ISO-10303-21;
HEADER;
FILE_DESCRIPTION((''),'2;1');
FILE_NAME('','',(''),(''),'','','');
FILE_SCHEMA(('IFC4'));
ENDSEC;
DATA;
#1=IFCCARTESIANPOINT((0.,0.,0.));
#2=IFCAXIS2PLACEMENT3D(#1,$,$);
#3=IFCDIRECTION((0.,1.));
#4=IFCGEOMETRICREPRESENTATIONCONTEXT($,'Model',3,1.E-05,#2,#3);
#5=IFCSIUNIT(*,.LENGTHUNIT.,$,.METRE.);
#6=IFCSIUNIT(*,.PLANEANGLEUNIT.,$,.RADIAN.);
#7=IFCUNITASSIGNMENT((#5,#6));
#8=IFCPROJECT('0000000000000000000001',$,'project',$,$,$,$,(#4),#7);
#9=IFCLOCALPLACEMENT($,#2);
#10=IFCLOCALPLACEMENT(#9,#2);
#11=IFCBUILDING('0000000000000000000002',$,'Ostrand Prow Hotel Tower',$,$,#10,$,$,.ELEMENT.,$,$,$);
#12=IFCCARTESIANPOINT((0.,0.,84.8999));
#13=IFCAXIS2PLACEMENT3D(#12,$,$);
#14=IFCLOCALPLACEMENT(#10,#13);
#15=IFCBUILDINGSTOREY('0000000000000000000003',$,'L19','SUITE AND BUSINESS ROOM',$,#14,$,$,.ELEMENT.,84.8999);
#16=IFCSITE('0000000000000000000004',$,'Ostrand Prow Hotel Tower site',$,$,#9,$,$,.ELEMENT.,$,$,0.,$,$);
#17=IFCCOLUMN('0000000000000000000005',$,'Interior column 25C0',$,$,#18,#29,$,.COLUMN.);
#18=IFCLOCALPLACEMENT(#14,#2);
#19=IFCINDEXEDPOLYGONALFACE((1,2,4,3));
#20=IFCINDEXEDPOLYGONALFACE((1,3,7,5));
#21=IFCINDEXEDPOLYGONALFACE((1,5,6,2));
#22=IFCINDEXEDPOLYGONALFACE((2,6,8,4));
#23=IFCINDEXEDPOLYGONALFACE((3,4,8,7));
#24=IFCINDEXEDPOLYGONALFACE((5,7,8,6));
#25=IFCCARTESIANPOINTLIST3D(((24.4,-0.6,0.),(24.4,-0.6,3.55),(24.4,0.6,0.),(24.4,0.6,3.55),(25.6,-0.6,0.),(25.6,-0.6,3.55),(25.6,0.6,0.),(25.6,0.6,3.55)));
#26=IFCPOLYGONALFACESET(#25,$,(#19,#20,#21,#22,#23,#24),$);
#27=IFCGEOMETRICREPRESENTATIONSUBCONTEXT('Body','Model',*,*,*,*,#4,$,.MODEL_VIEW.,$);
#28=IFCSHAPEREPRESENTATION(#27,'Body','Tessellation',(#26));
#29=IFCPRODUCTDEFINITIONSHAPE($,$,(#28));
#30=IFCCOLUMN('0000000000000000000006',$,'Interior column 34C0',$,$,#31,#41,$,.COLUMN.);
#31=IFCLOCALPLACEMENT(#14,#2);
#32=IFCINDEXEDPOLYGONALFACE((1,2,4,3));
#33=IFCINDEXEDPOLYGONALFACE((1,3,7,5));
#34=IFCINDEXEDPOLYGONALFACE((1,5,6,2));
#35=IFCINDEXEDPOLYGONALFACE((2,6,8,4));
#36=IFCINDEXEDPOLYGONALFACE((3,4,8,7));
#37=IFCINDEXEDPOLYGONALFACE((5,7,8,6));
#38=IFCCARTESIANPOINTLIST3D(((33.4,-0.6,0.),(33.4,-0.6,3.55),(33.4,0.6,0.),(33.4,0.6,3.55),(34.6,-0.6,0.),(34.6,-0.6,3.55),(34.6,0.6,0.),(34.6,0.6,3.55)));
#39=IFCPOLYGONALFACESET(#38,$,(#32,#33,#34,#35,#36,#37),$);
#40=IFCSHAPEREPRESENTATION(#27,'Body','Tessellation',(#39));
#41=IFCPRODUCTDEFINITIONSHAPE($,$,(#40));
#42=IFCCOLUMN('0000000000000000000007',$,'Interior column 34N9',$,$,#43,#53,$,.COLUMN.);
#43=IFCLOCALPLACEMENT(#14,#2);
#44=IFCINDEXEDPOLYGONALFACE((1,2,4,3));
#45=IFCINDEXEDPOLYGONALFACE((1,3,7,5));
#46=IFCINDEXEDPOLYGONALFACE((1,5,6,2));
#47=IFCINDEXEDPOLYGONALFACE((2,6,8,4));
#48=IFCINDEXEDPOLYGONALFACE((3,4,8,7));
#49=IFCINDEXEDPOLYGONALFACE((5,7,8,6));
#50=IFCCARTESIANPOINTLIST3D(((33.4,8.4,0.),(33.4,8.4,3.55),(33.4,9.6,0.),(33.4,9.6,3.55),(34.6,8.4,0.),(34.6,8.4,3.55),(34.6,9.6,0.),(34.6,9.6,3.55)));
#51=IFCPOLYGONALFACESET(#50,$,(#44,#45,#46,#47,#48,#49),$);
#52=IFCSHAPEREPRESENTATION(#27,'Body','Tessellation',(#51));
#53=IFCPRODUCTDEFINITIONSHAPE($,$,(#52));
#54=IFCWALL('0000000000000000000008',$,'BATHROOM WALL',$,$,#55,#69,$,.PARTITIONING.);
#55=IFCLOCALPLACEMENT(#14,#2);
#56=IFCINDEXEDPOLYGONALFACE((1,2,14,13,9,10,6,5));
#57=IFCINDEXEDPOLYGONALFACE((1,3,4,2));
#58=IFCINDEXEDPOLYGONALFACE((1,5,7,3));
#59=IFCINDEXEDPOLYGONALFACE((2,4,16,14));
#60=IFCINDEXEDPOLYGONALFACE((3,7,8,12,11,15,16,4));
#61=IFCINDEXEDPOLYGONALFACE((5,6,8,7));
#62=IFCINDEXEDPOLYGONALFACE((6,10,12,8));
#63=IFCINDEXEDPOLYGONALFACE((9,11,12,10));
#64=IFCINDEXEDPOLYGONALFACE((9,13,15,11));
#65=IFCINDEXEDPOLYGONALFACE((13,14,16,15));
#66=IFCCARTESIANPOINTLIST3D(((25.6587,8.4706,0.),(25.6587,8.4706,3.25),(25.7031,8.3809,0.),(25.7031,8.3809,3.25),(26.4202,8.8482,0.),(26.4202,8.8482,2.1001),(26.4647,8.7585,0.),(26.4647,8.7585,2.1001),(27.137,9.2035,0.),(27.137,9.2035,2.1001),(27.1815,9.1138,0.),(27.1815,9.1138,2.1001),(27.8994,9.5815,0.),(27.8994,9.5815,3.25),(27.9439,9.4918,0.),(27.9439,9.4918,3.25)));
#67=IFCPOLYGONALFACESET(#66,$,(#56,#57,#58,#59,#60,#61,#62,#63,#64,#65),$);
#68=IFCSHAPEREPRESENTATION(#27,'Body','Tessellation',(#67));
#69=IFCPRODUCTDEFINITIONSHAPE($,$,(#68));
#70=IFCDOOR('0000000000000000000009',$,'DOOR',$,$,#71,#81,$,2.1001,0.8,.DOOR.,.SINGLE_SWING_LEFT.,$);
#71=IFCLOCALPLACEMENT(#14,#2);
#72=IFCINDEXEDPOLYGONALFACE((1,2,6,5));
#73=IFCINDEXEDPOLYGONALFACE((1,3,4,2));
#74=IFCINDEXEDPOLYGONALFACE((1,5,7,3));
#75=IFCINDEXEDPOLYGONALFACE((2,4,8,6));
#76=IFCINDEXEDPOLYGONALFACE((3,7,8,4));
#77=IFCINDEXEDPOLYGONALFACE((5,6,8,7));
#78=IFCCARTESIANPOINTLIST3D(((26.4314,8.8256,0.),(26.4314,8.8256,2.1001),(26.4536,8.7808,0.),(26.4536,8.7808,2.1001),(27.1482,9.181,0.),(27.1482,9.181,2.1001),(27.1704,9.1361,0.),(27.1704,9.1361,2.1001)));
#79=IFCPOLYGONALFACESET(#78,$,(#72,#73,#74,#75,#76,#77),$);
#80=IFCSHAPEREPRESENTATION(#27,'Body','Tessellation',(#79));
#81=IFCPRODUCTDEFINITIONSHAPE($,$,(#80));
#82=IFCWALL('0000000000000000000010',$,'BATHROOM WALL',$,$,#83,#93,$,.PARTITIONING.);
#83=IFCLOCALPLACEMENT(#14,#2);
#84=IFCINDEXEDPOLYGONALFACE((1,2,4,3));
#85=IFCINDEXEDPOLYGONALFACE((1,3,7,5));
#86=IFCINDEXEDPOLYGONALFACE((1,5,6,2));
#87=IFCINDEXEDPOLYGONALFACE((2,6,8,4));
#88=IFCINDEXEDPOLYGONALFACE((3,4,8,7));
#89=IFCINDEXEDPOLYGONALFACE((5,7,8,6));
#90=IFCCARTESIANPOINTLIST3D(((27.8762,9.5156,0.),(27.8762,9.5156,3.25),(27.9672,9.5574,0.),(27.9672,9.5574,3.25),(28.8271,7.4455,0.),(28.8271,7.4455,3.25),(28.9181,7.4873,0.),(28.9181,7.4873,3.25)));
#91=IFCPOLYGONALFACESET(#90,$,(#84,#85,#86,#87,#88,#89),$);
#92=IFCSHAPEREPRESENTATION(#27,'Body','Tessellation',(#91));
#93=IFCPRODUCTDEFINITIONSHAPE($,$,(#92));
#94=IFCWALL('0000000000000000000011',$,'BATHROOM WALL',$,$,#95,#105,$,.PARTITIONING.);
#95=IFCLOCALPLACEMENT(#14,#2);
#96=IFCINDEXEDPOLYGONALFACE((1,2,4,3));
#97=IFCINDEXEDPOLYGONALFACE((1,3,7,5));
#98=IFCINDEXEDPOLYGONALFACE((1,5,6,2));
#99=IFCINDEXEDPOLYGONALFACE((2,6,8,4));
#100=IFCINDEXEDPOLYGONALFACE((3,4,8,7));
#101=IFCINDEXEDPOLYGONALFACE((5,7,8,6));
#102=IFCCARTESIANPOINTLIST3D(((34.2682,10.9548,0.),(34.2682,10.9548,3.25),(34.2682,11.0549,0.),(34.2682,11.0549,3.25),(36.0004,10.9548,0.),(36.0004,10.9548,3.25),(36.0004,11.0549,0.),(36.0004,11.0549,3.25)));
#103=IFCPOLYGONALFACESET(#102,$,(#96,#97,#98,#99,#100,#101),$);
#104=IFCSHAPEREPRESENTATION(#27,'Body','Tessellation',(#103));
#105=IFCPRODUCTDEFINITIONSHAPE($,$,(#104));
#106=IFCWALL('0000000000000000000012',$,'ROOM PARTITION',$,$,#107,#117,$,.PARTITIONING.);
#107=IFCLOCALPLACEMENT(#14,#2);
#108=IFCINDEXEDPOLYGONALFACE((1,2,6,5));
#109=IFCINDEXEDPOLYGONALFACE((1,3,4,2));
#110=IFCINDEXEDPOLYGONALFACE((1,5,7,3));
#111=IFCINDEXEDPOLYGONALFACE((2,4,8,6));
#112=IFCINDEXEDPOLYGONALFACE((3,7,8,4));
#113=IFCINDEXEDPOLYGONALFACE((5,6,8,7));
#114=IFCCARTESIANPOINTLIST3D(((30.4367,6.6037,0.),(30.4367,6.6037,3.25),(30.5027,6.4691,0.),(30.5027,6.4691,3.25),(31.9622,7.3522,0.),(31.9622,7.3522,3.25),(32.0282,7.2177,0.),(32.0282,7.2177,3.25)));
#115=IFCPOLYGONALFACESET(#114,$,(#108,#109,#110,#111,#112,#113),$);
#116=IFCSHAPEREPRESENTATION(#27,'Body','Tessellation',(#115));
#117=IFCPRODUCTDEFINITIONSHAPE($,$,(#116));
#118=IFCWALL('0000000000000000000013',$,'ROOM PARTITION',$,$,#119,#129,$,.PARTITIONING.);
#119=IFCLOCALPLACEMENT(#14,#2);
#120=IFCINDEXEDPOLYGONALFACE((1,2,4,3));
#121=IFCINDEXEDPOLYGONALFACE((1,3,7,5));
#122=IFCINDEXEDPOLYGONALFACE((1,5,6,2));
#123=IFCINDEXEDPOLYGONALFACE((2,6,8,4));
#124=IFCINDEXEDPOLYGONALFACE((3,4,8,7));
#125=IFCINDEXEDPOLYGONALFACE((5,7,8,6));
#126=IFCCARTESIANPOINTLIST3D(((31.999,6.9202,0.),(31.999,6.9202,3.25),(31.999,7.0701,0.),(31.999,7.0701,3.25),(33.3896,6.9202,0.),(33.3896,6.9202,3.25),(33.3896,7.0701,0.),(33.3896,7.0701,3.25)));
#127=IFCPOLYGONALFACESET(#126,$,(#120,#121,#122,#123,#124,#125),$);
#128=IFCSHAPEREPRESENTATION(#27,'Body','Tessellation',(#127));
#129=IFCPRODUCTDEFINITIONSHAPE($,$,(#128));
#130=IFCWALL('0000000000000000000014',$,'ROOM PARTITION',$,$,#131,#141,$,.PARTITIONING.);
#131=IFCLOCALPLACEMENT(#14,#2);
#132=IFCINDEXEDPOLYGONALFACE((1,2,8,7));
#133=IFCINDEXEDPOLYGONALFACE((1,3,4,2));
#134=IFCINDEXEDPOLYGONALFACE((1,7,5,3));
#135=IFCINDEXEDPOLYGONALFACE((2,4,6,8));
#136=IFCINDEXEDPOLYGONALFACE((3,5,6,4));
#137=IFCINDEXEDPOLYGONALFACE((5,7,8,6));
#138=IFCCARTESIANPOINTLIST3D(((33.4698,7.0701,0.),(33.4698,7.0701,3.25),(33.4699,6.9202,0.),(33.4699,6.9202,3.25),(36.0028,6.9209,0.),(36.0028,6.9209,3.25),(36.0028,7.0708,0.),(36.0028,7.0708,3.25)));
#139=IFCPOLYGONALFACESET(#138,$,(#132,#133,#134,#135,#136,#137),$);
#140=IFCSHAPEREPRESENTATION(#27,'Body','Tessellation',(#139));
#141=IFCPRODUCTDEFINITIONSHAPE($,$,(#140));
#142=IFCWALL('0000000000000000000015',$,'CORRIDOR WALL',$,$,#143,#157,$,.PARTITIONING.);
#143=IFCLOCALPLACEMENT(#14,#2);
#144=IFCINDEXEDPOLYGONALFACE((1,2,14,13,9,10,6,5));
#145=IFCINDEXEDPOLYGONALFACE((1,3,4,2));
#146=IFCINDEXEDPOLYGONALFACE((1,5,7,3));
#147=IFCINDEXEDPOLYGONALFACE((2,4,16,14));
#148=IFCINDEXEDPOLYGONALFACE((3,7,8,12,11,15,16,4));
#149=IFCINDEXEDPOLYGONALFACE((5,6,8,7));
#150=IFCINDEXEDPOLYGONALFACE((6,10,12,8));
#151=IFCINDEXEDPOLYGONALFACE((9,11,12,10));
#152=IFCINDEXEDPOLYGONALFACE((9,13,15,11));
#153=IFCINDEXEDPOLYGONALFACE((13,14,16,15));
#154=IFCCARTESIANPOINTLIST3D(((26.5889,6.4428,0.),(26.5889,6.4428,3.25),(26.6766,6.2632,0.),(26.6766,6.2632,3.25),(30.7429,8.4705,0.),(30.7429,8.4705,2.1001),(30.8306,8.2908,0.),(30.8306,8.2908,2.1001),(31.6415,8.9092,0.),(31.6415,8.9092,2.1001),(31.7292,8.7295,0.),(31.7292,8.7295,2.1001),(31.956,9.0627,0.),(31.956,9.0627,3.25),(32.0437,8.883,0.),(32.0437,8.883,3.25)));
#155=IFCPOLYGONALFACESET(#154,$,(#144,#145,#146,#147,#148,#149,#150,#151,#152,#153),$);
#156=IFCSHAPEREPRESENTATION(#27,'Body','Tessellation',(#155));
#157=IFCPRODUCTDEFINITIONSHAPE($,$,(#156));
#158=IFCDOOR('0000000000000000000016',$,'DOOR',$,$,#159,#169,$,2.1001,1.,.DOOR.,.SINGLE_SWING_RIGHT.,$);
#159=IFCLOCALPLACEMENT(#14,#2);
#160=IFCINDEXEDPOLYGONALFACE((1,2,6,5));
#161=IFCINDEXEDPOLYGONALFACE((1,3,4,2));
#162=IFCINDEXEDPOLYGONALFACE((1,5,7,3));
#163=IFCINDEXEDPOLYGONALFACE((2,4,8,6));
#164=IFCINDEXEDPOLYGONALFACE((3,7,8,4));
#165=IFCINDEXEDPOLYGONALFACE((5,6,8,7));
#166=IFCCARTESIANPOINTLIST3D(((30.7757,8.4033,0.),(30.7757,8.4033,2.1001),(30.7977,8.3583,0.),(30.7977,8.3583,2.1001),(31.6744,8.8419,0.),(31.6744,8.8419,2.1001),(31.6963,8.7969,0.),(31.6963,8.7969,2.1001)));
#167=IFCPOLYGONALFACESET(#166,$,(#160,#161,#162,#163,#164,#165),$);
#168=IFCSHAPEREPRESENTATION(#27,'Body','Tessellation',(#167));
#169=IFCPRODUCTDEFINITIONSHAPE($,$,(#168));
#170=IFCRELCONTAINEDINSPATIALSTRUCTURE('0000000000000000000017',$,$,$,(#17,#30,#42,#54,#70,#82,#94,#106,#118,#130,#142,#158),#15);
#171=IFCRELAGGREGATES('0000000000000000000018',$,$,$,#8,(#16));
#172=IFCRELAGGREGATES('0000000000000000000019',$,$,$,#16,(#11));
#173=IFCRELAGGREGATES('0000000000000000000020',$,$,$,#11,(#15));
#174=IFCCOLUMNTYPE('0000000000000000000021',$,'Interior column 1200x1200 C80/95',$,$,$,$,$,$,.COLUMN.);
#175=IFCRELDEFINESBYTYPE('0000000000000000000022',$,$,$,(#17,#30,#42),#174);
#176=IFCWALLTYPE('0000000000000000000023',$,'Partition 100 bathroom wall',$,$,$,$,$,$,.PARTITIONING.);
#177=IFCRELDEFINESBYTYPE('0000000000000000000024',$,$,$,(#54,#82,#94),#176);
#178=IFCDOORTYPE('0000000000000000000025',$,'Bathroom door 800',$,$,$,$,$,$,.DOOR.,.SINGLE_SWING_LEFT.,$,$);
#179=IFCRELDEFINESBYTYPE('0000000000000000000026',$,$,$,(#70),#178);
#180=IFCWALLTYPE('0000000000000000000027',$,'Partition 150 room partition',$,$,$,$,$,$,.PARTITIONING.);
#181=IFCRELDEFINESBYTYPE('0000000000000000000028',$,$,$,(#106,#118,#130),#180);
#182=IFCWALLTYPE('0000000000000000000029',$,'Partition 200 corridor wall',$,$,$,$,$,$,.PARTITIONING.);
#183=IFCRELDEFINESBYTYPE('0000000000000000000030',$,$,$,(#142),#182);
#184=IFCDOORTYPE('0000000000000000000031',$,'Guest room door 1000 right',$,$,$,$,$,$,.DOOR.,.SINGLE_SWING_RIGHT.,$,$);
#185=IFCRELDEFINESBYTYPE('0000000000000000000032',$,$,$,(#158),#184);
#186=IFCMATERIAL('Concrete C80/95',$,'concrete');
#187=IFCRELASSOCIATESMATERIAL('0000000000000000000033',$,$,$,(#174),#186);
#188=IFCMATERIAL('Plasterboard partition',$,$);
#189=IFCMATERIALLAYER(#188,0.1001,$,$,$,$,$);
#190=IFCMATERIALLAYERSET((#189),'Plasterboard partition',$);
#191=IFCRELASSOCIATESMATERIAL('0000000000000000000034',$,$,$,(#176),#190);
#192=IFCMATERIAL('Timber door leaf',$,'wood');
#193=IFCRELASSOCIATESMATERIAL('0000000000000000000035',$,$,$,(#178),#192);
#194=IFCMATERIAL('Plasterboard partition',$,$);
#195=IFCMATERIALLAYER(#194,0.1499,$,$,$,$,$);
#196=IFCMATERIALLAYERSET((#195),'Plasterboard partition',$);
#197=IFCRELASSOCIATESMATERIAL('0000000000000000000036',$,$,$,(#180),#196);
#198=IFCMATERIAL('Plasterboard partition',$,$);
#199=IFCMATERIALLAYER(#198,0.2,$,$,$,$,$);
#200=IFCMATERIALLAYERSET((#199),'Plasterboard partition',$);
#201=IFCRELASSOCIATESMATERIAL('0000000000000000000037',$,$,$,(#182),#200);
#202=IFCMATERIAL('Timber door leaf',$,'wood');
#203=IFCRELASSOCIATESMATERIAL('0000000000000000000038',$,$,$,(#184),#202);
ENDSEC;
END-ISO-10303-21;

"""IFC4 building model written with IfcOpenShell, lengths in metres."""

from ifc_helpers import new_model, si_unit, direction, frame, frame_2d, origin, origin_2d, place, context, subcontext, project, spatial, rectangle, extrude, material, layer, layer_set, material_profile, profile_set, type_object, element, fill, save


model = new_model("IFC4")

# Units and contexts
model_context = context("Model", 3, precision=1e-05, world=origin(), true_north=direction((0.0, 1.0)))
body_context = subcontext(model_context, "Body", "Model", "MODEL_VIEW")
ifc_project = project(units=[si_unit("LENGTHUNIT", "METRE"), si_unit("PLANEANGLEUNIT", "RADIAN")], contexts=[model_context])

# Site, building, storey
site_placement = place(None, origin())
site = spatial("IfcSite", under=ifc_project, at=site_placement, Name="Ostrand Prow Hotel Tower site", CompositionType="ELEMENT", RefElevation=0.0)
building_placement = place(site_placement, origin())
building = spatial("IfcBuilding", under=site, at=building_placement, Name="Ostrand Prow Hotel Tower", CompositionType="ELEMENT")
storey_placement = place(building_placement, frame((0.0, 0.0, 84.8999)))
storey = spatial("IfcBuildingStorey", under=building, at=storey_placement, Name="L19", Description="SUITE AND BUSINESS ROOM", CompositionType="ELEMENT", Elevation=84.8999)

# Columns
ifc_material_1 = material(Name="Concrete C80/95", Category="concrete")
ifc_material_profile = material_profile(ifc_material_1, rectangle(XDim=1.2, YDim=1.2, at=origin_2d()), Name="RC 1200x1200")
ifc_profile_set = profile_set([ifc_material_profile], Name="Concrete C80/95")
column_type = type_object("IfcColumnType", Name="Interior column 1200x1200 C80/95", PredefinedType="COLUMN", material=ifc_profile_set)
for number, where, z_axis, x_axis, name in (
    (1, (25.0, 0.0, 0.0), (0.0, 0.0, 1.0), (1.0, 0.0, 0.0), "Interior column 25C0"),
    (2, (34.0, 0.0, 0.0), (0.0, 0.0, 1.0), (1.0, 0.0, 0.0), "Interior column 34C0"),
    (3, (34.0, 9.0, 0.0), (0.0, 0.0, 1.0), (1.0, 0.0, 0.0), "Interior column 34N9"),
):
    element("IfcColumn", number, at=place(storey_placement, frame(where, z_axis=z_axis, x_axis=x_axis)), inside=storey, type_object=column_type, Name=name, PredefinedType="COLUMN", context=body_context, shape_type="SweptSolid", body=[
        extrude(rectangle(XDim=1.2, YDim=1.2, at=origin_2d()), origin(), (0.0, 0.0, 1.0), 3.55),
    ])

# Wall, opening, door
ifc_material_2 = material(Name="Plasterboard partition")
ifc_layer_1 = layer(ifc_material_2, 0.1001)
ifc_layer_set_1 = layer_set([ifc_layer_1], Name="Plasterboard partition")
wall_type_1 = type_object("IfcWallType", Name="Partition 100 bathroom wall", PredefinedType="PARTITIONING", material=ifc_layer_set_1)
wall_1_placement = place(storey_placement, frame((25.6809, 8.4258, 0.0), z_axis=(0.0, 0.0, 1.0), x_axis=(0.895945, 0.444165, 0.0)))
wall_1 = element("IfcWall", 4, at=wall_1_placement, inside=storey, type_object=wall_type_1, Name="BATHROOM WALL", PredefinedType="PARTITIONING", context=body_context, shape_type="SweptSolid", body=[
    extrude(rectangle(XDim=2.501, YDim=0.1001, at=frame_2d((1.2505, 0.0))), origin(), (0.0, 0.0, 1.0), 3.25),
])
opening_1_placement = place(wall_1_placement, frame((0.8501, 0.0, 0.0)))
opening_1 = element("IfcOpeningElement", 5, at=opening_1_placement, cuts=wall_1, PredefinedType="OPENING", context=body_context, shape_type="SweptSolid", body=[
    extrude(rectangle(XDim=0.8, YDim=2.1001, at=frame_2d((0.3999, 1.05))), frame((0.0, 0.0601, 0.0), z_axis=(0.0, -1.0, 0.0), x_axis=(1.0, 0.0, 0.0)), (0.0, 0.0, 1.0), 0.1201),
])
ifc_material_3 = material(Name="Timber door leaf", Category="wood")
door_type_1 = type_object("IfcDoorType", Name="Bathroom door 800", OperationType="SINGLE_SWING_LEFT", PredefinedType="DOOR", material=ifc_material_3)
door_1_placement = place(opening_1_placement, origin())
door_1 = element("IfcDoor", 6, at=door_1_placement, inside=storey, type_object=door_type_1, Name="DOOR", OperationType="SINGLE_SWING_LEFT", OverallHeight=2.1001, OverallWidth=0.8, PredefinedType="DOOR", context=body_context, shape_type="SweptSolid", body=[
    extrude(rectangle(XDim=0.8, YDim=2.1001, at=frame_2d((0.3999, 1.05))), frame((0.0, 0.0249, 0.0), z_axis=(0.0, -1.0, 0.0), x_axis=(1.0, 0.0, 0.0)), (0.0, 0.0, 1.0), 0.05),
])
fill(opening_1, door_1)

# Walls
wall_2_placement = place(storey_placement, frame((27.9216, 9.5366, 0.0), z_axis=(0.0, 0.0, 1.0), x_axis=(0.417433, -0.908708, 0.0)))
element("IfcWall", 7, at=wall_2_placement, inside=storey, type_object=wall_type_1, Name="BATHROOM WALL", PredefinedType="PARTITIONING", context=body_context, shape_type="SweptSolid", body=[
    extrude(rectangle(XDim=2.2781, YDim=0.1001, at=frame_2d((1.1392, 0.0))), origin(), (0.0, 0.0, 1.0), 3.25),
])
wall_3_placement = place(storey_placement, frame((36.0005, 11.0049, 0.0), z_axis=(0.0, 0.0, 1.0), x_axis=(-1.0, 0.0, 0.0)))
element("IfcWall", 8, at=wall_3_placement, inside=storey, type_object=wall_type_1, Name="BATHROOM WALL", PredefinedType="PARTITIONING", context=body_context, shape_type="SweptSolid", body=[
    extrude(rectangle(XDim=1.7322, YDim=0.1001, at=frame_2d((0.8662, 0.0))), origin(), (0.0, 0.0, 1.0), 3.25),
])
ifc_material_4 = material(Name="Plasterboard partition")
ifc_layer_2 = layer(ifc_material_4, 0.1499)
ifc_layer_set_2 = layer_set([ifc_layer_2], Name="Plasterboard partition")
wall_type_2 = type_object("IfcWallType", Name="Partition 150 room partition", PredefinedType="PARTITIONING", material=ifc_layer_set_2)
wall_4_placement = place(storey_placement, frame((30.4697, 6.5364, 0.0), z_axis=(0.0, 0.0, 1.0), x_axis=(0.897736, 0.440534, 0.0)))
element("IfcWall", 9, at=wall_4_placement, inside=storey, type_object=wall_type_2, Name="ROOM PARTITION", PredefinedType="PARTITIONING", context=body_context, shape_type="SweptSolid", body=[
    extrude(rectangle(XDim=1.6992, YDim=0.1499, at=frame_2d((0.8496, 0.0))), origin(), (0.0, 0.0, 1.0), 3.25),
])
wall_5_placement = place(storey_placement, frame((31.999, 6.9951, 0.0), z_axis=(0.0, 0.0, 1.0), x_axis=(1.0, 0.0, 0.0)))
element("IfcWall", 10, at=wall_5_placement, inside=storey, type_object=wall_type_2, Name="ROOM PARTITION", PredefinedType="PARTITIONING", context=body_context, shape_type="SweptSolid", body=[
    extrude(rectangle(XDim=1.3906, YDim=0.1499, at=frame_2d((0.6953, 0.0))), origin(), (0.0, 0.0, 1.0), 3.25),
])
wall_6_placement = place(storey_placement, frame((33.4697, 6.9951, 0.0), z_axis=(0.0, 0.0, 1.0), x_axis=(1.0, 0.000289, 0.0)))
element("IfcWall", 11, at=wall_6_placement, inside=storey, type_object=wall_type_2, Name="ROOM PARTITION", PredefinedType="PARTITIONING", context=body_context, shape_type="SweptSolid", body=[
    extrude(rectangle(XDim=2.533, YDim=0.1499, at=frame_2d((1.2666, 0.0))), origin(), (0.0, 0.0, 1.0), 3.25),
])

# Wall, opening, door
ifc_material_5 = material(Name="Plasterboard partition")
ifc_layer_3 = layer(ifc_material_5, 0.2)
ifc_layer_set_3 = layer_set([ifc_layer_3], Name="Plasterboard partition")
wall_type_3 = type_object("IfcWallType", Name="Partition 200 corridor wall", PredefinedType="PARTITIONING", material=ifc_layer_set_3)
wall_7_placement = place(storey_placement, frame((32.0, 8.9729, 0.0), z_axis=(0.0, 0.0, 1.0), x_axis=(-0.898654, -0.438658, 0.0)))
wall_7 = element("IfcWall", 12, at=wall_7_placement, inside=storey, type_object=wall_type_3, Name="CORRIDOR WALL", PredefinedType="PARTITIONING", context=body_context, shape_type="SweptSolid", body=[
    extrude(rectangle(XDim=5.9724, YDim=0.2, at=frame_2d((2.9863, 0.0))), origin(), (0.0, 0.0, 1.0), 3.25),
])
opening_2_placement = place(wall_7_placement, frame((0.3501, 0.0, 0.0)))
opening_2 = element("IfcOpeningElement", 13, at=opening_2_placement, cuts=wall_7, PredefinedType="OPENING", context=body_context, shape_type="SweptSolid", body=[
    extrude(rectangle(XDim=1.0, YDim=2.1001, at=frame_2d((0.5, 1.05))), frame((0.0, 0.1099, 0.0), z_axis=(0.0, -1.0, 0.0), x_axis=(1.0, 0.0, 0.0)), (0.0, 0.0, 1.0), 0.22),
])
ifc_material_6 = material(Name="Timber door leaf", Category="wood")
door_type_2 = type_object("IfcDoorType", Name="Guest room door 1000 right", OperationType="SINGLE_SWING_RIGHT", PredefinedType="DOOR", material=ifc_material_6)
door_2_placement = place(opening_2_placement, origin())
door_2 = element("IfcDoor", 14, at=door_2_placement, inside=storey, type_object=door_type_2, Name="DOOR", OperationType="SINGLE_SWING_RIGHT", OverallHeight=2.1001, OverallWidth=1.0, PredefinedType="DOOR", context=body_context, shape_type="SweptSolid", body=[
    extrude(rectangle(XDim=1.0, YDim=2.1001, at=frame_2d((0.5, 1.05))), frame((0.0, 0.0249, 0.0), z_axis=(0.0, -1.0, 0.0), x_axis=(1.0, 0.0, 0.0)), (0.0, 0.0, 1.0), 0.05),
])
fill(opening_2, door_2)

save(model, "model.ifc")
